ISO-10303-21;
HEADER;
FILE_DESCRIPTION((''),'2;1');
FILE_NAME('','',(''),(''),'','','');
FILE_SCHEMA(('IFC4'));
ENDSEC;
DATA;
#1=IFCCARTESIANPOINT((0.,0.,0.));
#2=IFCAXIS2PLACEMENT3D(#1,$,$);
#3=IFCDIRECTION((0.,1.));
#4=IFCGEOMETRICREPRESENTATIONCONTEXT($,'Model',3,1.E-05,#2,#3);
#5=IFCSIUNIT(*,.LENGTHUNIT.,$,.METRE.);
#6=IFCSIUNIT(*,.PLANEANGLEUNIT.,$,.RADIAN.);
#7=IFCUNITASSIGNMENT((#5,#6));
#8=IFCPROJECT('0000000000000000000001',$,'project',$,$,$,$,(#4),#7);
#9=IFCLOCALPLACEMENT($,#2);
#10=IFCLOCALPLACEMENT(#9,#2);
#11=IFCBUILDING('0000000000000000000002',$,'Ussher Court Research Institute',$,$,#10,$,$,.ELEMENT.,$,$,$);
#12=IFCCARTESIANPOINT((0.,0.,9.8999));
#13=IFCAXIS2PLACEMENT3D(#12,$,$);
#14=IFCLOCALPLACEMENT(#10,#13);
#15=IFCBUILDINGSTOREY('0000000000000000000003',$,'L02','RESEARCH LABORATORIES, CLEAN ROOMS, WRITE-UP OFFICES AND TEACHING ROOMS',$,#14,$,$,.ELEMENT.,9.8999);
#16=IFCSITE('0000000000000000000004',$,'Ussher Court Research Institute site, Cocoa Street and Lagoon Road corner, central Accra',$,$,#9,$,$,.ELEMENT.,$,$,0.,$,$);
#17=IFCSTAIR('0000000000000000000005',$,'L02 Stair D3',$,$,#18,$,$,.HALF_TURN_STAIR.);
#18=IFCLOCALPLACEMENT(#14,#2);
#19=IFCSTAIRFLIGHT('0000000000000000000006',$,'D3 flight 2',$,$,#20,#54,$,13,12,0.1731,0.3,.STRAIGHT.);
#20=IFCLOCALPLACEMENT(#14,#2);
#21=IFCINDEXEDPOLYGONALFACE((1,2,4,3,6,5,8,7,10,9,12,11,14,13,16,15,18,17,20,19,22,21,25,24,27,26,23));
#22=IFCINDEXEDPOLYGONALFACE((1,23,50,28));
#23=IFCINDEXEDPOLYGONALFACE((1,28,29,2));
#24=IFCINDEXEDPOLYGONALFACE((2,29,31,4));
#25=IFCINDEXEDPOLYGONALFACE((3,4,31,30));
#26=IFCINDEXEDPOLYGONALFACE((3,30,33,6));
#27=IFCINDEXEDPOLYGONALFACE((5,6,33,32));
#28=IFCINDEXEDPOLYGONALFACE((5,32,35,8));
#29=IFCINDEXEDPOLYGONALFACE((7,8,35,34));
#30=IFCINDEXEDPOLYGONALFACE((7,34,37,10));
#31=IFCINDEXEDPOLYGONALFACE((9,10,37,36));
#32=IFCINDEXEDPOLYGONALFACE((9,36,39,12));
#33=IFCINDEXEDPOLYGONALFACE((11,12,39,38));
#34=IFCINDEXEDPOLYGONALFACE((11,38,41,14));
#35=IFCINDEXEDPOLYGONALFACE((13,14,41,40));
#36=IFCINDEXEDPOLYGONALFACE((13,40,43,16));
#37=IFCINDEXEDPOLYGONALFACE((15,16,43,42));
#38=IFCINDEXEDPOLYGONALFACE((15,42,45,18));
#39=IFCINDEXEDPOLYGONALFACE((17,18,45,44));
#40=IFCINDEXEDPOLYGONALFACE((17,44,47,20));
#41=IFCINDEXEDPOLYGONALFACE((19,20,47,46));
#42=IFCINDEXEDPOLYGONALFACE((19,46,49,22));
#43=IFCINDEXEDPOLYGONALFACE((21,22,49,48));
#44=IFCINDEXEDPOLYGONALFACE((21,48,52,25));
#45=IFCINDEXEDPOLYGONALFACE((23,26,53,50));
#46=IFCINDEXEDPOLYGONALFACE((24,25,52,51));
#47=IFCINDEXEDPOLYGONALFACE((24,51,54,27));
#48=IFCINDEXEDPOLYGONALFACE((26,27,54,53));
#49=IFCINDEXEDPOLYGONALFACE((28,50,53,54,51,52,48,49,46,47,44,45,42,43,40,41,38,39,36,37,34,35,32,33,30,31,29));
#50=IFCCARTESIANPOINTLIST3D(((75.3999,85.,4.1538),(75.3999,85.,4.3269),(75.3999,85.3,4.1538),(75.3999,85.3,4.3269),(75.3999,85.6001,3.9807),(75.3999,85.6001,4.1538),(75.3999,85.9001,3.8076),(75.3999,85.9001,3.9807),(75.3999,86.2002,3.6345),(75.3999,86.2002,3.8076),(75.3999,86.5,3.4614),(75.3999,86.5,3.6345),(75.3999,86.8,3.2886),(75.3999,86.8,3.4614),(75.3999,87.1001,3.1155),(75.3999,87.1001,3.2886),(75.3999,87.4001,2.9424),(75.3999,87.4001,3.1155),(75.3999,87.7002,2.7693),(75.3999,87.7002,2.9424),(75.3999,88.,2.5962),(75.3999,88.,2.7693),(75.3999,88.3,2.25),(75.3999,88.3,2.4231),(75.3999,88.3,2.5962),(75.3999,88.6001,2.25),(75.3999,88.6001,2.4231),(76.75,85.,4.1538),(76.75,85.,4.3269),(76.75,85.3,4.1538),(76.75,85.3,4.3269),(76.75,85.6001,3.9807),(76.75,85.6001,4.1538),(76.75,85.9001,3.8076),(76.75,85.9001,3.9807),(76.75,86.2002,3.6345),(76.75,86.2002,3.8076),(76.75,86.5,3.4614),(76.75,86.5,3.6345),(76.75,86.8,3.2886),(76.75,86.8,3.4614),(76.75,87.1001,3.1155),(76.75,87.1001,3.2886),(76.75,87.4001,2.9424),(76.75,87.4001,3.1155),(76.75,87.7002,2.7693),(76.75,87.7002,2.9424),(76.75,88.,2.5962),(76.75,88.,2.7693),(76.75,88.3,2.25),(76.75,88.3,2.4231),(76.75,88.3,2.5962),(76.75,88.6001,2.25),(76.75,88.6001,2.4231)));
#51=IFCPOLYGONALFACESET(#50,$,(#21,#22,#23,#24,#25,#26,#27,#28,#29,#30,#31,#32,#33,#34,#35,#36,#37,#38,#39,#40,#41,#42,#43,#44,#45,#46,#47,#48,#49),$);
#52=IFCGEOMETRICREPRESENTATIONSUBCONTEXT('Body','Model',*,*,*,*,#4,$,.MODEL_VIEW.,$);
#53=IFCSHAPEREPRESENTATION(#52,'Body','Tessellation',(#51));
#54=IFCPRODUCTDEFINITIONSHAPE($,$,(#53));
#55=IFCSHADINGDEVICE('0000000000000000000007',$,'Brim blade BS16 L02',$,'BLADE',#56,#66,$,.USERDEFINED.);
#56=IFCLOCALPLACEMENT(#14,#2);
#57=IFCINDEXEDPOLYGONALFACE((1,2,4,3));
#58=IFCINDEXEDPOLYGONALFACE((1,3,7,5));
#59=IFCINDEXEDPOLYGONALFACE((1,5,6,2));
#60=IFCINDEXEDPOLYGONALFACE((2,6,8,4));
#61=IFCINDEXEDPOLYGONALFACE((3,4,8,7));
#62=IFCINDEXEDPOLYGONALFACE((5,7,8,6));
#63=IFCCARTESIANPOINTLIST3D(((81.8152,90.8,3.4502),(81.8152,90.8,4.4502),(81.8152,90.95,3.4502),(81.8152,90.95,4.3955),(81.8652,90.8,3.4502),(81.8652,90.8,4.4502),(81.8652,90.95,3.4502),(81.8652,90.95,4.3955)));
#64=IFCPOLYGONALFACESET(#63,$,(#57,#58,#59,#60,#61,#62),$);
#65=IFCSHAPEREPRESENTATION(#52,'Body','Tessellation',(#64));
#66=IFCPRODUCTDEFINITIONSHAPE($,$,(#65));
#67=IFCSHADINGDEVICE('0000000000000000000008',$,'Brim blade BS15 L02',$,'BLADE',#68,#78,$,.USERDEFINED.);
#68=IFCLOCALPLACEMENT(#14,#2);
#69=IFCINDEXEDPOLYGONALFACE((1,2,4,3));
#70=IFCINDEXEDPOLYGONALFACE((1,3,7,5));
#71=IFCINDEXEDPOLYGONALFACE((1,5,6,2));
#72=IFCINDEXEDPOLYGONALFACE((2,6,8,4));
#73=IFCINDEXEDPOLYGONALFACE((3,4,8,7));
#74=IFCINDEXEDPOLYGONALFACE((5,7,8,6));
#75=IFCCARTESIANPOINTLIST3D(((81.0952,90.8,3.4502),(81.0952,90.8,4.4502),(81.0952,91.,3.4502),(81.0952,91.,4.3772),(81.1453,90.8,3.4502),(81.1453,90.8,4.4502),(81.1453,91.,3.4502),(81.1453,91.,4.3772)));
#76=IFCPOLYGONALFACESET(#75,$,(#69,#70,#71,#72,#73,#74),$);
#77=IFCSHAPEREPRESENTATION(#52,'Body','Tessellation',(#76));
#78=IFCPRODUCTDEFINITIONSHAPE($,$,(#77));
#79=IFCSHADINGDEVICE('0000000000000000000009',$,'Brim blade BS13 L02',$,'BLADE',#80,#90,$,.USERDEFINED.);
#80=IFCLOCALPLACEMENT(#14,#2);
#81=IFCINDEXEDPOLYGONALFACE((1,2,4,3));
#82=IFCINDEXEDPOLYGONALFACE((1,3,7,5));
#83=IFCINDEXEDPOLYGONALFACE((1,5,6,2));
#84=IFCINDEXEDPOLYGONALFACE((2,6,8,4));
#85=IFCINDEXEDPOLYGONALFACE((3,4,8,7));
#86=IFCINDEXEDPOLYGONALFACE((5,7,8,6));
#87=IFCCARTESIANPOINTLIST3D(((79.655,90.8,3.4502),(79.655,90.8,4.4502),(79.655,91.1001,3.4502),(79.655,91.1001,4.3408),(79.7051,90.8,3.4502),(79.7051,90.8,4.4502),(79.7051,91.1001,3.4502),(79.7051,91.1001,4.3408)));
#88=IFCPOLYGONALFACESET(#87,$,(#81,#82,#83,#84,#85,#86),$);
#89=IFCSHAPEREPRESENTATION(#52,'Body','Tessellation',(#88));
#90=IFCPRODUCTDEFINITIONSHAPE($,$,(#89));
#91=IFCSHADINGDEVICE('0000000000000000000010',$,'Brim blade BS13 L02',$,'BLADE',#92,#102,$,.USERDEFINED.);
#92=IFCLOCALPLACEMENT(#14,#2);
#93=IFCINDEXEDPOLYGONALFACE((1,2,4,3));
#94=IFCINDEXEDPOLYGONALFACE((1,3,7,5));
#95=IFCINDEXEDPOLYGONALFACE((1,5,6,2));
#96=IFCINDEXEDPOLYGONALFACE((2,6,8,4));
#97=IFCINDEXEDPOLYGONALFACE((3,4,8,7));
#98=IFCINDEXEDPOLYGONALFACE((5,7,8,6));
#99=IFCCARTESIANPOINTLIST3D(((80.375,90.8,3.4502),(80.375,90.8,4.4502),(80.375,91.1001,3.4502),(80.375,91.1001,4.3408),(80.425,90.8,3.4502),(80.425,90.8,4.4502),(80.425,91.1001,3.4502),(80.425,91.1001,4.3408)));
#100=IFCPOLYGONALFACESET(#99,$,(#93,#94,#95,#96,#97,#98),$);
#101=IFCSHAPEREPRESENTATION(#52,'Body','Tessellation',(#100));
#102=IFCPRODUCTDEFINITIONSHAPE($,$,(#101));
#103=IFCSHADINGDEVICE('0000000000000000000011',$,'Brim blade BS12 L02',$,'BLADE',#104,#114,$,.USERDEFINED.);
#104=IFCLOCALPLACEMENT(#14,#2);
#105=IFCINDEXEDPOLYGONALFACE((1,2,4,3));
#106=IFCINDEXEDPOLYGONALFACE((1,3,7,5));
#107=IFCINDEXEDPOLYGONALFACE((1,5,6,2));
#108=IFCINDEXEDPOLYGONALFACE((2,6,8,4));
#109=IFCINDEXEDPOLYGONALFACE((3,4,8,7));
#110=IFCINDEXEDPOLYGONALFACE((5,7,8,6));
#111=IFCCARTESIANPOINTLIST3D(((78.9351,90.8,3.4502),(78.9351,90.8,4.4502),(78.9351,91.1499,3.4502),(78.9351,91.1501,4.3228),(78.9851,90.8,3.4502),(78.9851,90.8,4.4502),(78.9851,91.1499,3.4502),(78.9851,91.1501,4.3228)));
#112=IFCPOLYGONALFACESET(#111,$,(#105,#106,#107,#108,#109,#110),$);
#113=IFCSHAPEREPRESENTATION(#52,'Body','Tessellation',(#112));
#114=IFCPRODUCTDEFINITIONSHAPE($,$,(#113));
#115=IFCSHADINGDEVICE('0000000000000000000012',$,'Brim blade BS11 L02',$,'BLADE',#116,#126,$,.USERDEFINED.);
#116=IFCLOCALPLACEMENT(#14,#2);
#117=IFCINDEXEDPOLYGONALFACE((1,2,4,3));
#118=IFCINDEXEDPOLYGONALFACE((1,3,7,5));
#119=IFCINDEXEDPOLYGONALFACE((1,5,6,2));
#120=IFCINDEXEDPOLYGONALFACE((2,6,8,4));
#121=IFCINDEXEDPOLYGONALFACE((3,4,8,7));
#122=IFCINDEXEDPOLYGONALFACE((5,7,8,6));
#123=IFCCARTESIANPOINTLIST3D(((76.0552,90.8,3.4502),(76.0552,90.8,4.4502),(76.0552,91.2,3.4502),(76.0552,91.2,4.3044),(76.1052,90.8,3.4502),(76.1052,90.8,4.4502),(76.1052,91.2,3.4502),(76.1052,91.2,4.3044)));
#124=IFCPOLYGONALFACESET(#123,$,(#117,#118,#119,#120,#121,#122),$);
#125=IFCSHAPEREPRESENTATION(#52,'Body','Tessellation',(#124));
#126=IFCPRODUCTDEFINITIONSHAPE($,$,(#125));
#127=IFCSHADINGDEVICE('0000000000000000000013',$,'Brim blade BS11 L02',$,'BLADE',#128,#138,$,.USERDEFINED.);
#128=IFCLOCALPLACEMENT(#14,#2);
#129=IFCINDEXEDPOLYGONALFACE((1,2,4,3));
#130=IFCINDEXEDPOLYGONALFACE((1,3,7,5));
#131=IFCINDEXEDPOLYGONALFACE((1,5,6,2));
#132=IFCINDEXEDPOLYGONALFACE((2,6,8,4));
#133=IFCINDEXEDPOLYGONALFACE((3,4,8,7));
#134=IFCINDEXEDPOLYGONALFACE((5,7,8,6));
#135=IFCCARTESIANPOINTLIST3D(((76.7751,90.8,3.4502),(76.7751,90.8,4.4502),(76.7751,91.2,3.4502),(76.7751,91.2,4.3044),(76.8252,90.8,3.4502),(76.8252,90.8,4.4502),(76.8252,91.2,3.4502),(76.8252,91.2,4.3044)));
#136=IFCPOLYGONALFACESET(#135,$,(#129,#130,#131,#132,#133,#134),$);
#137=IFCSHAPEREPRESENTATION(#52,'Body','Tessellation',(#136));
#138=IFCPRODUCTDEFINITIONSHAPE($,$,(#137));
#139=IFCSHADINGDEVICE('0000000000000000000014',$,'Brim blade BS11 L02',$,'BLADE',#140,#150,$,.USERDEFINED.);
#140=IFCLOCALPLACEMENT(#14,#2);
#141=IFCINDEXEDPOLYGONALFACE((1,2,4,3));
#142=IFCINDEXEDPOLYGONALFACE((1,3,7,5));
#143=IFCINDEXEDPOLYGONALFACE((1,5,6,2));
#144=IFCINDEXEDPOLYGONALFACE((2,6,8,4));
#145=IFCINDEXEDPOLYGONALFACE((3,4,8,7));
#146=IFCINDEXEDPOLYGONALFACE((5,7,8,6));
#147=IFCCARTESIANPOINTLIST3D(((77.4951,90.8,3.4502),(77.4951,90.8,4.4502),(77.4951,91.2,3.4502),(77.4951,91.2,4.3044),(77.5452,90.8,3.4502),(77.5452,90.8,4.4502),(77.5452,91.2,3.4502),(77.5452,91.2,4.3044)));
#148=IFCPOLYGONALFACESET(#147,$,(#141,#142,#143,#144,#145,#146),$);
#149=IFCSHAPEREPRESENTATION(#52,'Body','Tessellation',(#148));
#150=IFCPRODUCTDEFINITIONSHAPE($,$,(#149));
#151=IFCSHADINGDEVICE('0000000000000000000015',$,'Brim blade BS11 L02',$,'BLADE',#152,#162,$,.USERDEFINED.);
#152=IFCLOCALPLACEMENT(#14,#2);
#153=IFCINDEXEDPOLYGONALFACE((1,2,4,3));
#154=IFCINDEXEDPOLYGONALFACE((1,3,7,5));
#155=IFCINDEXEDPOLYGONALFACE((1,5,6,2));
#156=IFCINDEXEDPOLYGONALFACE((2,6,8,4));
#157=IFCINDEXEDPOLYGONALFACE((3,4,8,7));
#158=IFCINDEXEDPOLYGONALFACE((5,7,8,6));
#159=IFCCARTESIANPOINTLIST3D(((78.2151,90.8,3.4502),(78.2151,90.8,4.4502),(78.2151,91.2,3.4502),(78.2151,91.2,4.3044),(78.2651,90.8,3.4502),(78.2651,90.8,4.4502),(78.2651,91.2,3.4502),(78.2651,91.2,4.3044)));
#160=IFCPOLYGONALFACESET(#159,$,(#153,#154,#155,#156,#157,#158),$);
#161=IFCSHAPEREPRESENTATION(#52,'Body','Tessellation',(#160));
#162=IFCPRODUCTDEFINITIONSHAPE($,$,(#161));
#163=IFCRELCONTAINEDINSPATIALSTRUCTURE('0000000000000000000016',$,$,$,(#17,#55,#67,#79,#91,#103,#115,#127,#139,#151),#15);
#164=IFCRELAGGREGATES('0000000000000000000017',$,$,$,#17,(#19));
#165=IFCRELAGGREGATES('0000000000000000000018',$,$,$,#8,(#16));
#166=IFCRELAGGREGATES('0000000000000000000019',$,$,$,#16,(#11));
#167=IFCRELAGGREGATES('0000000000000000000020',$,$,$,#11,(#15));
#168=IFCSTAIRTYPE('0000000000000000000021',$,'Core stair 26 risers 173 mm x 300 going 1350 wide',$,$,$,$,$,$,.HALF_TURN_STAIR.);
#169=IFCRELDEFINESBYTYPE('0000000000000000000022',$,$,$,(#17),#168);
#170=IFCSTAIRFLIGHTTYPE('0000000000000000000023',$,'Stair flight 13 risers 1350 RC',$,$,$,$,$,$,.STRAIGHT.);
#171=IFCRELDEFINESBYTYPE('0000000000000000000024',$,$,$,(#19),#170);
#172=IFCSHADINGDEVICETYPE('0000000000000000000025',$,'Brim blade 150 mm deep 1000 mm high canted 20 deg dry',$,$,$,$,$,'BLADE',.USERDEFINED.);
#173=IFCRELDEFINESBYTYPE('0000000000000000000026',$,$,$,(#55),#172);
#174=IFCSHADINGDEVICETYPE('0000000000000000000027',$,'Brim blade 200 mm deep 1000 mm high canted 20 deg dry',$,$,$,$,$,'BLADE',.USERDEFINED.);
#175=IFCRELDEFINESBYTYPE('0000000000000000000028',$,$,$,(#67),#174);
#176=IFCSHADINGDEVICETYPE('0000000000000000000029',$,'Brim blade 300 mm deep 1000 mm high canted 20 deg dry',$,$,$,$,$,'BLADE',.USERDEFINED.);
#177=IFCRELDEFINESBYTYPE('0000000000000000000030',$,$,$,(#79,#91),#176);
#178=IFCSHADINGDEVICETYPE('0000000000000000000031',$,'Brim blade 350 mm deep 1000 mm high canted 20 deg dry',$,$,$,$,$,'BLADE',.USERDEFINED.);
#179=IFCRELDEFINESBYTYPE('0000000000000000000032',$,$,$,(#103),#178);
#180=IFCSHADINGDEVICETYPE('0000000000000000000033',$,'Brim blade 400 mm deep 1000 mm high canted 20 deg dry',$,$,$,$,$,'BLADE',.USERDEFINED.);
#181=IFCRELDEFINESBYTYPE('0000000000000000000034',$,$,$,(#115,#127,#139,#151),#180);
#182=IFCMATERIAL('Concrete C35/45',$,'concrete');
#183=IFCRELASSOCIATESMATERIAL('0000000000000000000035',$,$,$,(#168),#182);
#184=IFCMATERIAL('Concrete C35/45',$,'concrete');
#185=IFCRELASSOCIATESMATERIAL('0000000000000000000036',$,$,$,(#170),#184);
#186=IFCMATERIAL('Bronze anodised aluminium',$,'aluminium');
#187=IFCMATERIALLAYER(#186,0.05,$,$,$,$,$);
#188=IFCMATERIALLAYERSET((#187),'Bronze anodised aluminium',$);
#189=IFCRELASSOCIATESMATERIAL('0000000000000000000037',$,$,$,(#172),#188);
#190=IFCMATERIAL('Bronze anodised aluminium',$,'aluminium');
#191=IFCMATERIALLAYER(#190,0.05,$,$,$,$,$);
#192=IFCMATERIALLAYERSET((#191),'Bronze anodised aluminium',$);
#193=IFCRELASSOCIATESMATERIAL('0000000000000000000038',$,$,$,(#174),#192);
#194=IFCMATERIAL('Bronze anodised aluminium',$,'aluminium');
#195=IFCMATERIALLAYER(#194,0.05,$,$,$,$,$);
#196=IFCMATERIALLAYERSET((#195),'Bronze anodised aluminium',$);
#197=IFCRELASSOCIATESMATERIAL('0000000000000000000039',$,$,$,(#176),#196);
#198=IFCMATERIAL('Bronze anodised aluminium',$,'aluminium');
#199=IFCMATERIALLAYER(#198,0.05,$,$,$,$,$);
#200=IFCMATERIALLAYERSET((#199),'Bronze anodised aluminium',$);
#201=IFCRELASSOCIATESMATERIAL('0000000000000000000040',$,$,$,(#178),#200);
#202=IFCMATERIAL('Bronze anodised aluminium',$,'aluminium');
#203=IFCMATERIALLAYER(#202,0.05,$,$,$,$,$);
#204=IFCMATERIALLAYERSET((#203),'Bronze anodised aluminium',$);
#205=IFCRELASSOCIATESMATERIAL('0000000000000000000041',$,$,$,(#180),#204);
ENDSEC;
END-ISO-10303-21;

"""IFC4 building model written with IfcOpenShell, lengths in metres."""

from ifc_helpers import new_model, si_unit, direction, frame, origin, place, context, subcontext, project, spatial, polyline, outline, extrude, material, layer, layer_set, type_object, element, aggregate, save


model = new_model("IFC4")

# Units and contexts
model_context = context("Model", 3, precision=1e-05, world=origin(), true_north=direction((0.0, 1.0)))
body_context = subcontext(model_context, "Body", "Model", "MODEL_VIEW")
ifc_project = project(units=[si_unit("LENGTHUNIT", "METRE"), si_unit("PLANEANGLEUNIT", "RADIAN")], contexts=[model_context])

# Site, building, storey
site_placement = place(None, origin())
site = spatial("IfcSite", under=ifc_project, at=site_placement, Name="Ussher Court Research Institute site, Cocoa Street and Lagoon Road corner, central Accra", CompositionType="ELEMENT", RefElevation=0.0)
building_placement = place(site_placement, origin())
building = spatial("IfcBuilding", under=site, at=building_placement, Name="Ussher Court Research Institute", CompositionType="ELEMENT")
storey_placement = place(building_placement, frame((0.0, 0.0, 9.8999)))
storey = spatial("IfcBuildingStorey", under=building, at=storey_placement, Name="L02", Description="RESEARCH LABORATORIES, CLEAN ROOMS, WRITE-UP OFFICES AND TEACHING ROOMS", CompositionType="ELEMENT", Elevation=9.8999)

# Stair, stair flight
ifc_material_1 = material(Name="Concrete C35/45", Category="concrete")
stair_type = type_object("IfcStairType", Name="Core stair 26 risers 173 mm x 300 going 1350 wide", PredefinedType="HALF_TURN_STAIR", material=ifc_material_1)
stair_placement = place(storey_placement, origin())
stair = element("IfcStair", 1, at=stair_placement, inside=storey, type_object=stair_type, Name="L02 Stair D3", PredefinedType="HALF_TURN_STAIR")
ifc_material_2 = material(Name="Concrete C35/45", Category="concrete")
stair_flight_type = type_object("IfcStairFlightType", Name="Stair flight 13 risers 1350 RC", PredefinedType="STRAIGHT", material=ifc_material_2)
stair_flight_1_placement = place(storey_placement, frame((76.075, 88.6001, 2.25), z_axis=(0.0, 0.0, 1.0), x_axis=(0.0, -1.0, 0.0)))
stair_flight_1 = element("IfcStairFlight", 2, at=stair_flight_1_placement, type_object=stair_flight_type, Name="D3 flight 2", NumberOfRisers=13, NumberOfTreads=12, PredefinedType="STRAIGHT", RiserHeight=0.1731, TreadLength=0.3, context=body_context, shape_type="SweptSolid", body=[
    extrude(outline(polyline([(0.0, 0.0), (0.0, 0.1731), (0.3, 0.1731), (0.3, 0.3462), (0.6001, 0.3462), (0.6001, 0.5193), (0.8999, 0.5193), (0.8999, 0.6924), (1.2, 0.6924), (1.2, 0.8655), (1.5, 0.8655), (1.5, 1.0386), (1.8, 1.0386), (1.8, 1.2114), (2.1001, 1.2114), (2.1001, 1.3845), (2.3999, 1.3845), (2.3999, 1.5576), (2.7, 1.5576), (2.7, 1.7307), (3.0, 1.7307), (3.0, 1.9038), (3.3, 1.9038), (3.3, 2.0769), (3.6001, 2.0769), (3.6001, 2.25), (3.6001, 1.9038), (0.3, 0.0), (0.0, 0.0)])), frame((0.0, 0.675, 0.0), z_axis=(0.0, -1.0, 0.0), x_axis=(1.0, 0.0, 0.0)), (0.0, 0.0, 1.0), 1.3501),
])
aggregate(stair, [stair_flight_1])

# Shading devices
ifc_material_3 = material(Name="Bronze anodised aluminium", Category="aluminium")
ifc_layer_1 = layer(ifc_material_3, 0.05)
ifc_layer_set_1 = layer_set([ifc_layer_1], Name="Bronze anodised aluminium")
shading_device_type_1 = type_object("IfcShadingDeviceType", Name="Brim blade 150 mm deep 1000 mm high canted 20 deg dry", ElementType="BLADE", PredefinedType="USERDEFINED", material=ifc_layer_set_1)
shading_device_1_placement = place(storey_placement, frame((81.8401, 90.8, 3.4502), z_axis=(0.0, 0.0, 1.0), x_axis=(0.0, 1.0, 0.0)))
element("IfcShadingDevice", 3, at=shading_device_1_placement, inside=storey, type_object=shading_device_type_1, Name="Brim blade BS16 L02", ObjectType="BLADE", PredefinedType="USERDEFINED", context=body_context, shape_type="SweptSolid", body=[
    extrude(outline(polyline([(0.0, 0.0), (0.1499, 0.0), (0.1499, 0.9453), (0.0, 1.0), (0.0, 0.0)])), frame((0.0, 0.0249, 0.0), z_axis=(0.0, -1.0, 0.0), x_axis=(1.0, 0.0, 0.0)), (0.0, 0.0, 1.0), 0.05),
])
ifc_material_4 = material(Name="Bronze anodised aluminium", Category="aluminium")
ifc_layer_2 = layer(ifc_material_4, 0.05)
ifc_layer_set_2 = layer_set([ifc_layer_2], Name="Bronze anodised aluminium")
shading_device_type_2 = type_object("IfcShadingDeviceType", Name="Brim blade 200 mm deep 1000 mm high canted 20 deg dry", ElementType="BLADE", PredefinedType="USERDEFINED", material=ifc_layer_set_2)
shading_device_2_placement = place(storey_placement, frame((81.1201, 90.8, 3.4502), z_axis=(0.0, 0.0, 1.0), x_axis=(0.0, 1.0, 0.0)))
element("IfcShadingDevice", 4, at=shading_device_2_placement, inside=storey, type_object=shading_device_type_2, Name="Brim blade BS15 L02", ObjectType="BLADE", PredefinedType="USERDEFINED", context=body_context, shape_type="SweptSolid", body=[
    extrude(outline(polyline([(0.0, 0.0), (0.2, 0.0), (0.2, 0.927), (0.0, 1.0), (0.0, 0.0)])), frame((0.0, 0.0249, 0.0), z_axis=(0.0, -1.0, 0.0), x_axis=(1.0, 0.0, 0.0)), (0.0, 0.0, 1.0), 0.05),
])
ifc_material_5 = material(Name="Bronze anodised aluminium", Category="aluminium")
ifc_layer_3 = layer(ifc_material_5, 0.05)
ifc_layer_set_3 = layer_set([ifc_layer_3], Name="Bronze anodised aluminium")
shading_device_type_3 = type_object("IfcShadingDeviceType", Name="Brim blade 300 mm deep 1000 mm high canted 20 deg dry", ElementType="BLADE", PredefinedType="USERDEFINED", material=ifc_layer_set_3)
for number, where, z_axis, x_axis, name in (
    (5, (79.6799, 90.8, 3.4502), (0.0, 0.0, 1.0), (0.0, 1.0, 0.0), "Brim blade BS13 L02"),
    (6, (80.3999, 90.8, 3.4502), (0.0, 0.0, 1.0), (0.0, 1.0, 0.0), "Brim blade BS13 L02"),
):
    element("IfcShadingDevice", number, at=place(storey_placement, frame(where, z_axis=z_axis, x_axis=x_axis)), inside=storey, type_object=shading_device_type_3, Name=name, ObjectType="BLADE", PredefinedType="USERDEFINED", context=body_context, shape_type="SweptSolid", body=[
        extrude(outline(polyline([(0.0, 0.0), (0.3, 0.0), (0.3, 0.8906), (0.0, 1.0), (0.0, 0.0)])), frame((0.0, 0.0249, 0.0), z_axis=(0.0, -1.0, 0.0), x_axis=(1.0, 0.0, 0.0)), (0.0, 0.0, 1.0), 0.05),
    ])
ifc_material_6 = material(Name="Bronze anodised aluminium", Category="aluminium")
ifc_layer_4 = layer(ifc_material_6, 0.05)
ifc_layer_set_4 = layer_set([ifc_layer_4], Name="Bronze anodised aluminium")
shading_device_type_4 = type_object("IfcShadingDeviceType", Name="Brim blade 350 mm deep 1000 mm high canted 20 deg dry", ElementType="BLADE", PredefinedType="USERDEFINED", material=ifc_layer_set_4)
shading_device_3_placement = place(storey_placement, frame((78.96, 90.8, 3.4502), z_axis=(0.0, 0.0, 1.0), x_axis=(0.0, 1.0, 0.0)))
element("IfcShadingDevice", 7, at=shading_device_3_placement, inside=storey, type_object=shading_device_type_4, Name="Brim blade BS12 L02", ObjectType="BLADE", PredefinedType="USERDEFINED", context=body_context, shape_type="SweptSolid", body=[
    extrude(outline(polyline([(0.0, 0.0), (0.3499, 0.0), (0.3501, 0.8726), (0.0, 1.0), (0.0, 0.0)])), frame((0.0, 0.0249, 0.0), z_axis=(0.0, -1.0, 0.0), x_axis=(1.0, 0.0, 0.0)), (0.0, 0.0, 1.0), 0.05),
])
ifc_material_7 = material(Name="Bronze anodised aluminium", Category="aluminium")
ifc_layer_5 = layer(ifc_material_7, 0.05)
ifc_layer_set_5 = layer_set([ifc_layer_5], Name="Bronze anodised aluminium")
shading_device_type_5 = type_object("IfcShadingDeviceType", Name="Brim blade 400 mm deep 1000 mm high canted 20 deg dry", ElementType="BLADE", PredefinedType="USERDEFINED", material=ifc_layer_set_5)
for number, where, z_axis, x_axis, name in (
    (8, (76.0801, 90.8, 3.4502), (0.0, 0.0, 1.0), (0.0, 1.0, 0.0), "Brim blade BS11 L02"),
    (9, (76.8, 90.8, 3.4502), (0.0, 0.0, 1.0), (0.0, 1.0, 0.0), "Brim blade BS11 L02"),
    (10, (77.52, 90.8, 3.4502), (0.0, 0.0, 1.0), (0.0, 1.0, 0.0), "Brim blade BS11 L02"),
    (11, (78.24, 90.8, 3.4502), (0.0, 0.0, 1.0), (0.0, 1.0, 0.0), "Brim blade BS11 L02"),
):
    element("IfcShadingDevice", number, at=place(storey_placement, frame(where, z_axis=z_axis, x_axis=x_axis)), inside=storey, type_object=shading_device_type_5, Name=name, ObjectType="BLADE", PredefinedType="USERDEFINED", context=body_context, shape_type="SweptSolid", body=[
        extrude(outline(polyline([(0.0, 0.0), (0.3999, 0.0), (0.3999, 0.8542), (0.0, 1.0), (0.0, 0.0)])), frame((0.0, 0.0249, 0.0), z_axis=(0.0, -1.0, 0.0), x_axis=(1.0, 0.0, 0.0)), (0.0, 0.0, 1.0), 0.05),
    ])

save(model, "model.ifc")
